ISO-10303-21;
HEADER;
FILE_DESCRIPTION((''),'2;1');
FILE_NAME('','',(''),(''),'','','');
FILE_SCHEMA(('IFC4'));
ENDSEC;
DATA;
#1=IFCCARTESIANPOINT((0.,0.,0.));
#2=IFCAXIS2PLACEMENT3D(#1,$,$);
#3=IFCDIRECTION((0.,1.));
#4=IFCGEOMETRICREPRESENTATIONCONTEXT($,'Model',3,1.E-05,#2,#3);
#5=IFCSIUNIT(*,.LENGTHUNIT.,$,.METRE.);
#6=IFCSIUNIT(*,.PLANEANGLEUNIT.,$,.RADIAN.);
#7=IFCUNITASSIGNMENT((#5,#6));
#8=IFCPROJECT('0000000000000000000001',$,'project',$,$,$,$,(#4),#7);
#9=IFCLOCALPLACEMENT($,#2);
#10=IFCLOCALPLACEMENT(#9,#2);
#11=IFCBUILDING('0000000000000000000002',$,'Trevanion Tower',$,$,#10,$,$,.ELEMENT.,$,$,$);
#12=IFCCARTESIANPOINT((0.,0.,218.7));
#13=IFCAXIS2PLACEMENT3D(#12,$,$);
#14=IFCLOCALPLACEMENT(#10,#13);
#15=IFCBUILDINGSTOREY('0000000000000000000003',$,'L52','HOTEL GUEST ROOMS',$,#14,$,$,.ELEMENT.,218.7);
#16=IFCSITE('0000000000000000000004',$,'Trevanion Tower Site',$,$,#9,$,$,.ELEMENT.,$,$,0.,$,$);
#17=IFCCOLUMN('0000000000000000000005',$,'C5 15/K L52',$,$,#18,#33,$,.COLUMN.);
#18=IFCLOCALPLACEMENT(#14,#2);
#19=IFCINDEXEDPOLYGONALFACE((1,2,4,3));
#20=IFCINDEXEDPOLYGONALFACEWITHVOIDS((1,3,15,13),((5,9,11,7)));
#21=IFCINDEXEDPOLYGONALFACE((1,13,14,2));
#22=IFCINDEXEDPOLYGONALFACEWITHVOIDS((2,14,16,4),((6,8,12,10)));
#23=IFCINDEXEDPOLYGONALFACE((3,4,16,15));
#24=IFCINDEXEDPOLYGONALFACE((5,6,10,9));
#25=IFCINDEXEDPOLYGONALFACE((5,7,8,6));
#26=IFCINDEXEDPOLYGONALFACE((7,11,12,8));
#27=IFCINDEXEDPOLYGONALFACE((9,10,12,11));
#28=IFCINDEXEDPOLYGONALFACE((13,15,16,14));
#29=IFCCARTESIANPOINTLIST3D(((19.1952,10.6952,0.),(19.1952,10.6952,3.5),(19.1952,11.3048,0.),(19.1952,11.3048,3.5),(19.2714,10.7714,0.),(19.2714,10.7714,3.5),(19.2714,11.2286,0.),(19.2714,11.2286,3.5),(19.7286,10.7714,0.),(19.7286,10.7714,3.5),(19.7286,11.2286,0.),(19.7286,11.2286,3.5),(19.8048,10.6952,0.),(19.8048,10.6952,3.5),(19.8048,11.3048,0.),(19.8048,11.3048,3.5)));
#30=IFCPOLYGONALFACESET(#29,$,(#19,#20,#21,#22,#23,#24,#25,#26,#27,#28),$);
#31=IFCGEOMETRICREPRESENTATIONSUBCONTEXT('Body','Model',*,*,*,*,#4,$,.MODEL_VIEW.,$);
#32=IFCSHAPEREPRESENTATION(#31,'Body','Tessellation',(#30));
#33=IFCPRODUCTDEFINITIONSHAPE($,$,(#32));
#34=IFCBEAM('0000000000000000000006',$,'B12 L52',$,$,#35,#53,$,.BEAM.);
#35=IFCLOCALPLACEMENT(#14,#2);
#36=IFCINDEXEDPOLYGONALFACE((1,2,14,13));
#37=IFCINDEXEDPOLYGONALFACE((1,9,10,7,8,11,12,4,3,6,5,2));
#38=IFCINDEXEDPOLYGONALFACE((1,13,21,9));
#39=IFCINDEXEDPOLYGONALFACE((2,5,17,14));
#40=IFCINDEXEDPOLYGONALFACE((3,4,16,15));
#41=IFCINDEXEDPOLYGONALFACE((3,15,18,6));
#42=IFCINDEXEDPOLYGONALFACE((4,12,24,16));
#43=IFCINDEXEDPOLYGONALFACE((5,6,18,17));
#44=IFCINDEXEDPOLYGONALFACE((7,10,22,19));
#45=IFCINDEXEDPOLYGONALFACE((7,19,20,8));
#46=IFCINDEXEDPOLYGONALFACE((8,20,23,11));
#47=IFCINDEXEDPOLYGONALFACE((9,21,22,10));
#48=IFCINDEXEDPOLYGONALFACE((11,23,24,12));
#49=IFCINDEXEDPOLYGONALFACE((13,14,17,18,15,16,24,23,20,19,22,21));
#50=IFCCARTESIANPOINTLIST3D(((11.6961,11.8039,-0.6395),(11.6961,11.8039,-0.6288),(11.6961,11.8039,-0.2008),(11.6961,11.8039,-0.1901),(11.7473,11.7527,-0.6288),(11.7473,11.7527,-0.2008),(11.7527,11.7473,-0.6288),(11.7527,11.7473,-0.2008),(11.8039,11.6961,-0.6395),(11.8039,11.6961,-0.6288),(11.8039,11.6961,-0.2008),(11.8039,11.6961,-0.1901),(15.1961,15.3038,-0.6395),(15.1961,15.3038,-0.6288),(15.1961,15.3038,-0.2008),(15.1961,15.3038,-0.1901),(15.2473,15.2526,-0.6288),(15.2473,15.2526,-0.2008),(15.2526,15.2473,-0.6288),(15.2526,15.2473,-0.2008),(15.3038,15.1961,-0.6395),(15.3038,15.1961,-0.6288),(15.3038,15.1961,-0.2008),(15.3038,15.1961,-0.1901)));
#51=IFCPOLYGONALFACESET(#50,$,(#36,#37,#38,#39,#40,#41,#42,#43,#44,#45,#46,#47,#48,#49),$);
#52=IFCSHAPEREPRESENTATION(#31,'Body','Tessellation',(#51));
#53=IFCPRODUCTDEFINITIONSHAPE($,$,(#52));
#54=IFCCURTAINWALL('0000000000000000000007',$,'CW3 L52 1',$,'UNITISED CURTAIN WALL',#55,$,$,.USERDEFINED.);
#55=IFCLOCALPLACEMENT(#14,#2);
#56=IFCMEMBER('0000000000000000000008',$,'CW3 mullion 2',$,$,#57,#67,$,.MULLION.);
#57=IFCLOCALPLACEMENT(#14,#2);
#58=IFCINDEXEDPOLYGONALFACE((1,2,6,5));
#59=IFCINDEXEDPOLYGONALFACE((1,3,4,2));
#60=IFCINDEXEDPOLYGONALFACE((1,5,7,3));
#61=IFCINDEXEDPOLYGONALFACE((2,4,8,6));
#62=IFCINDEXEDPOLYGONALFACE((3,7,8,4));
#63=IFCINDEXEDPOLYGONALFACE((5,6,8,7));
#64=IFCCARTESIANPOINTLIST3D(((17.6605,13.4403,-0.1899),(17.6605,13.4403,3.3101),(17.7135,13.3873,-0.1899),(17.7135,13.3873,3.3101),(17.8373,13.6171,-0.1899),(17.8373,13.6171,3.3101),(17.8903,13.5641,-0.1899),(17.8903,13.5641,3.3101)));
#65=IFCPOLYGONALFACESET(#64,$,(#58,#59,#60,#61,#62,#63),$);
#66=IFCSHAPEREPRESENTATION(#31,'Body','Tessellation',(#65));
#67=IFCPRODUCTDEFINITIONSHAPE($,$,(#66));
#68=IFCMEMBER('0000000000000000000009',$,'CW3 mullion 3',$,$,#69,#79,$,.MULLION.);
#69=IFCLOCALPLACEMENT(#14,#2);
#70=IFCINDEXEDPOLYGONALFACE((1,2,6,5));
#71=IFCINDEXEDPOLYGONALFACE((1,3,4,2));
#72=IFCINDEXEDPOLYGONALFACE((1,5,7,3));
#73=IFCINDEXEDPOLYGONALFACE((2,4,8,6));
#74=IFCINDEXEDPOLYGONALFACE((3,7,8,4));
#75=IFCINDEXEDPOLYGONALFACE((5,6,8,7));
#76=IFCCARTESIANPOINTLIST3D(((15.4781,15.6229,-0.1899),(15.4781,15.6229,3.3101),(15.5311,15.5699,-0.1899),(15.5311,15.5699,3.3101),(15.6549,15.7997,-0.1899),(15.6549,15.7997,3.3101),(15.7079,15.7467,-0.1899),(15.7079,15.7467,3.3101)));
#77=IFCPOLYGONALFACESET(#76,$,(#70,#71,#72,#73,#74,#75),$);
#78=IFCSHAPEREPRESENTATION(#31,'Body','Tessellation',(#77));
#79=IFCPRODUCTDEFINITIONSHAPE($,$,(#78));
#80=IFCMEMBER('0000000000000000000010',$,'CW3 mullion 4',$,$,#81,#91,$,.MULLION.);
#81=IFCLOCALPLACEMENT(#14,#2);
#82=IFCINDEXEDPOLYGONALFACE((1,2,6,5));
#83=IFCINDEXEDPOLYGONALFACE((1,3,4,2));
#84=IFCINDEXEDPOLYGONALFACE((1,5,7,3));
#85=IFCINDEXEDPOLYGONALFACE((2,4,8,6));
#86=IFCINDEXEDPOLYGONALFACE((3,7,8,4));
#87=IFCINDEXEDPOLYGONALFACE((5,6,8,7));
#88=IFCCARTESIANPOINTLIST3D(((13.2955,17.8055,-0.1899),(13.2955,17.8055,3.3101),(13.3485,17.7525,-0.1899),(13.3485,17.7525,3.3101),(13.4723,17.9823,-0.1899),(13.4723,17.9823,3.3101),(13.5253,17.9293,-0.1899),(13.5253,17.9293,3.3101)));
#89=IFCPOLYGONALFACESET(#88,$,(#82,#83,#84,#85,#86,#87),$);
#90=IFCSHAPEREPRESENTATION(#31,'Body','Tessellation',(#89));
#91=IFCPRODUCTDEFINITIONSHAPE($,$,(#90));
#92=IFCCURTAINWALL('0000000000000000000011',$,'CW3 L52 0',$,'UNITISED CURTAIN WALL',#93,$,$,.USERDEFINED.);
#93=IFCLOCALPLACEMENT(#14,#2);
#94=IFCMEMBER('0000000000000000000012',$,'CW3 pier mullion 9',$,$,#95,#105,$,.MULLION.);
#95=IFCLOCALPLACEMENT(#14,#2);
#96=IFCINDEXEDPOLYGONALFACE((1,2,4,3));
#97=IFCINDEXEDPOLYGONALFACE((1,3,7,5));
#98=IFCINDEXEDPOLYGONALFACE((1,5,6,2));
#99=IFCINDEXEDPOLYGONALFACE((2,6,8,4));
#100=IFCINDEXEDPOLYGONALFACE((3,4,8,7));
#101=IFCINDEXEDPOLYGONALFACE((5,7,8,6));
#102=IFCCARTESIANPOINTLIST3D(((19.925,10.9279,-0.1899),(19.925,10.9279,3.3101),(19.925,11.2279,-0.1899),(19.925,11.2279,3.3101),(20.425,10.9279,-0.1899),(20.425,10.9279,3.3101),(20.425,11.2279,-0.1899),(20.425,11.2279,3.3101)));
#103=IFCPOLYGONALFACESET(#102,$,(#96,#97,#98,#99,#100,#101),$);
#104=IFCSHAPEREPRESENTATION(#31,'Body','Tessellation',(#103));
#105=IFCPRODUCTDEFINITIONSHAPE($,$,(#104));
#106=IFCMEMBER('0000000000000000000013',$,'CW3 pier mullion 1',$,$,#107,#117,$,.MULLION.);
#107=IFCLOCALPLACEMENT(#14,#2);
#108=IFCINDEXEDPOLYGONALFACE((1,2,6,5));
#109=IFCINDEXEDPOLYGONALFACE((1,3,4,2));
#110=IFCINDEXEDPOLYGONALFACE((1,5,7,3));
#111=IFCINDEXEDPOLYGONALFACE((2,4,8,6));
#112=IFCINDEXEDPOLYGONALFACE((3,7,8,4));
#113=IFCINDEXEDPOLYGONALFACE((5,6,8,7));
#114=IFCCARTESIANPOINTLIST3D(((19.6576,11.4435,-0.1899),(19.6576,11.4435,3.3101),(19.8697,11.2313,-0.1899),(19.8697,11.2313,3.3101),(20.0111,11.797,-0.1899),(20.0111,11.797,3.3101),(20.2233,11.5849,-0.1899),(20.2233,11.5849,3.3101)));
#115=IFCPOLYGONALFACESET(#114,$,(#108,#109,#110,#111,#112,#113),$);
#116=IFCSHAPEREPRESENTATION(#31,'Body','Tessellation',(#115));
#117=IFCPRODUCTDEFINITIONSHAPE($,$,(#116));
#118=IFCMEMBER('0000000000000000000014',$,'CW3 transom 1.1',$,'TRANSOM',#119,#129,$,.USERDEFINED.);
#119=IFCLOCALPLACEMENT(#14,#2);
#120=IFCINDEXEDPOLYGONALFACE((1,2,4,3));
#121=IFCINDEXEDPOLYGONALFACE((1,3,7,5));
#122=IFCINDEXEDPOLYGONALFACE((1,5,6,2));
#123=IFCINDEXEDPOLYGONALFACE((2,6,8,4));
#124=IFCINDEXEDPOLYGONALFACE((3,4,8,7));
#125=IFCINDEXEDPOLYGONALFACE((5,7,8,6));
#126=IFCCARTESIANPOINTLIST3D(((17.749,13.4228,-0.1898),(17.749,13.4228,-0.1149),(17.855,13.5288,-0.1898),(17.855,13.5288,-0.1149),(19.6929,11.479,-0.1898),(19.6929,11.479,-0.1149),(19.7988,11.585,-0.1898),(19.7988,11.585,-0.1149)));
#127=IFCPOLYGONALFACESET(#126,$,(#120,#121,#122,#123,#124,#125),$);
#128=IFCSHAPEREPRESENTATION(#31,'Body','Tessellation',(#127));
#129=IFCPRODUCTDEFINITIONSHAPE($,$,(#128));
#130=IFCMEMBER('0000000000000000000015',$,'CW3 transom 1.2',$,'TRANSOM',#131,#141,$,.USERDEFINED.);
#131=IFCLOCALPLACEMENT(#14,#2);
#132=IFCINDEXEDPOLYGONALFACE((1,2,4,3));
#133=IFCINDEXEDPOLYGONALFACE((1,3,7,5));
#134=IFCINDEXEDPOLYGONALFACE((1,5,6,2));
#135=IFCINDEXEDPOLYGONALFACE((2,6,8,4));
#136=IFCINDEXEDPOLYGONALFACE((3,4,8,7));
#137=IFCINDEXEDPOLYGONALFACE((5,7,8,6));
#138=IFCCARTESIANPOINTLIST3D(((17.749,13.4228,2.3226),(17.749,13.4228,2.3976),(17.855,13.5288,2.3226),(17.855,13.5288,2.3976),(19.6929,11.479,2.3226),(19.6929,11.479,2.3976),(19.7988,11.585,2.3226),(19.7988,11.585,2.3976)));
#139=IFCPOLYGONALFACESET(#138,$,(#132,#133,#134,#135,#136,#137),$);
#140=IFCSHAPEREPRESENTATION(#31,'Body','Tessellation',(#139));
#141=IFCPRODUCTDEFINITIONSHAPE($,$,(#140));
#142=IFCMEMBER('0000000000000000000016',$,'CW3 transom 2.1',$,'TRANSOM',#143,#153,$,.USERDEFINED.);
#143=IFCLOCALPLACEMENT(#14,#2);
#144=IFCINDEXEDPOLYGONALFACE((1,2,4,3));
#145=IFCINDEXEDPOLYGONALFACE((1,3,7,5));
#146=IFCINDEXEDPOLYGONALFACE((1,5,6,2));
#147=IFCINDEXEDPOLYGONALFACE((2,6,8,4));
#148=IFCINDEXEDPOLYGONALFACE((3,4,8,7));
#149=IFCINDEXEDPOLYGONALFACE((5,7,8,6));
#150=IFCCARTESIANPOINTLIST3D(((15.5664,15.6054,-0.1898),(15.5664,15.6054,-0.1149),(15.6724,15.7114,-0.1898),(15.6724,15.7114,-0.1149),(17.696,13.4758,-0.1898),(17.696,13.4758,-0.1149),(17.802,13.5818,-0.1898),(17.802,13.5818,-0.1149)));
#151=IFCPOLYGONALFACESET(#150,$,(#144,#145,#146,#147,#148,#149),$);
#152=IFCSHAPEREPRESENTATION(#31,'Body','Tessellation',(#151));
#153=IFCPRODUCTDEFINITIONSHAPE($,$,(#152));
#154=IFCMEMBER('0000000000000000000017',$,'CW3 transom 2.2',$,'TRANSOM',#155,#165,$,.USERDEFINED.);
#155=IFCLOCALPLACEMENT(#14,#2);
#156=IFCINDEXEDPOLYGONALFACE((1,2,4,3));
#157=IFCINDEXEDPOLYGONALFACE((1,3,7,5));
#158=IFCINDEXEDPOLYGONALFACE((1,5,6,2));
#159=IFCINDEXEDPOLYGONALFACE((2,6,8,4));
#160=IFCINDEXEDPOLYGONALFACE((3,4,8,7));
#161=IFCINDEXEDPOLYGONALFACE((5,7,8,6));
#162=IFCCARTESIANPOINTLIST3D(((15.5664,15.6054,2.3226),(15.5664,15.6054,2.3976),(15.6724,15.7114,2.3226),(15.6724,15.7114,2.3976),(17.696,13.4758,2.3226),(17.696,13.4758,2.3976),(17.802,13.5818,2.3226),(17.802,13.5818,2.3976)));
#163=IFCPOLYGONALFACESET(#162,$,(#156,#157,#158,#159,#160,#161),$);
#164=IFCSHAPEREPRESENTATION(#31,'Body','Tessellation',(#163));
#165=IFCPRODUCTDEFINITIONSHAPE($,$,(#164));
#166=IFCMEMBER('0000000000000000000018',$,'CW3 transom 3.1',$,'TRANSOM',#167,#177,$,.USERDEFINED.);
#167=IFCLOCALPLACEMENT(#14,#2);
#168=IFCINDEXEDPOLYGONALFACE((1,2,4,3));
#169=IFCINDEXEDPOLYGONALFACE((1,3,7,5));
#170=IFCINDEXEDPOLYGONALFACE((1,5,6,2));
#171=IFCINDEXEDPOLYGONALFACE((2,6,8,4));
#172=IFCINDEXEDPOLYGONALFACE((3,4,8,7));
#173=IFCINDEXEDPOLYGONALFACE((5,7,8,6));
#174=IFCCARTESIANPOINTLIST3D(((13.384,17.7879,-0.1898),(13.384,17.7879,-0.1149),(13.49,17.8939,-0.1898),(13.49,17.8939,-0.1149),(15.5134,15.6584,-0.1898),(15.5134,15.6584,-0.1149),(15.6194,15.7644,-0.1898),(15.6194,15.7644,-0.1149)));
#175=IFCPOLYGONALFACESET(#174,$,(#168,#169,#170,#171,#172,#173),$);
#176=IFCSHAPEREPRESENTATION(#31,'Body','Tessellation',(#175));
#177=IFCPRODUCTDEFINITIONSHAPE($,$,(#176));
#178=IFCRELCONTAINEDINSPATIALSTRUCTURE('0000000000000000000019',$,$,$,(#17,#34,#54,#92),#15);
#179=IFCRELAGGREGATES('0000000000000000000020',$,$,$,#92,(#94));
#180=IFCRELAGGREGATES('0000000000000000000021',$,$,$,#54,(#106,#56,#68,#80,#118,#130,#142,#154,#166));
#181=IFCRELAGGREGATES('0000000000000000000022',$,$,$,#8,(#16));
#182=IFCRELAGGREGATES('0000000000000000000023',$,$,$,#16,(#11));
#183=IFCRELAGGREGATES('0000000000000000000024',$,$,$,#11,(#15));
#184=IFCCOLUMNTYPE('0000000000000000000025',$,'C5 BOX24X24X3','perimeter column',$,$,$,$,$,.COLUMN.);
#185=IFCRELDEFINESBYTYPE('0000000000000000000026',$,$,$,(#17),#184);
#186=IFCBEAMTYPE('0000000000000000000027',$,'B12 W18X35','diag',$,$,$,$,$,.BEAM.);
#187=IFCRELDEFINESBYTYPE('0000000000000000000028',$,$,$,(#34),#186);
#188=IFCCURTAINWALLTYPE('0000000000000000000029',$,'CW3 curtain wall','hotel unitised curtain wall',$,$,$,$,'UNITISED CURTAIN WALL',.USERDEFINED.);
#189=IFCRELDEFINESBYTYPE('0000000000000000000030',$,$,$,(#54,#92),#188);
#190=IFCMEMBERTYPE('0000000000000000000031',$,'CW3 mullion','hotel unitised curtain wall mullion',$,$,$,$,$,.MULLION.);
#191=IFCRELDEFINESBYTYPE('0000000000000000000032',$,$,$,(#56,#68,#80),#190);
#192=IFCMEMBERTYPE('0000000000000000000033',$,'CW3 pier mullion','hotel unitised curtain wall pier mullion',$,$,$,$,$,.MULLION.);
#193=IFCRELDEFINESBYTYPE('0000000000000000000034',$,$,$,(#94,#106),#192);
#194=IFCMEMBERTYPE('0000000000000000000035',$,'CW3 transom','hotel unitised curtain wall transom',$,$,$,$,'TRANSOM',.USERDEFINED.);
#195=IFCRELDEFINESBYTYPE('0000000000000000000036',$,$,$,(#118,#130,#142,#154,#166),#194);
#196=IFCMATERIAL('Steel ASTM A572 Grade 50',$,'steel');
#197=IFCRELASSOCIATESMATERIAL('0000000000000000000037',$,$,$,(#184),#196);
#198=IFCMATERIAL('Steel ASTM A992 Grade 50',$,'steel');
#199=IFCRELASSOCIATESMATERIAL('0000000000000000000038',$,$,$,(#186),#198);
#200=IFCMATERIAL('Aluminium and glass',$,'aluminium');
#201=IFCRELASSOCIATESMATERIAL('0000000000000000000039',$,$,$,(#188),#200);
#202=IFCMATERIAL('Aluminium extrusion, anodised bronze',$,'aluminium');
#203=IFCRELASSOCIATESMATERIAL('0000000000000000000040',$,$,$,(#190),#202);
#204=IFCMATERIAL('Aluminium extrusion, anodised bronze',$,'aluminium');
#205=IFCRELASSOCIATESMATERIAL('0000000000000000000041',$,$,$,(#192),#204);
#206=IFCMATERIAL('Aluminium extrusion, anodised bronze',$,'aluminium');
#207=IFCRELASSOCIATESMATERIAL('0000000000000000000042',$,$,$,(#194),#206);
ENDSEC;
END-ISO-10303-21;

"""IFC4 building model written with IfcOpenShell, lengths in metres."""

from ifc_helpers import new_model, si_unit, direction, frame, origin, origin_2d, place, context, subcontext, project, spatial, rectangle, hollow_rectangle, i_section, extrude, material, material_profile, profile_set, type_object, element, aggregate, save


model = new_model("IFC4")

# Units and contexts
model_context = context("Model", 3, precision=1e-05, world=origin(), true_north=direction((0.0, 1.0)))
body_context = subcontext(model_context, "Body", "Model", "MODEL_VIEW")
ifc_project = project(units=[si_unit("LENGTHUNIT", "METRE"), si_unit("PLANEANGLEUNIT", "RADIAN")], contexts=[model_context])

# Site, building, storey
site_placement = place(None, origin())
site = spatial("IfcSite", under=ifc_project, at=site_placement, Name="Trevanion Tower Site", CompositionType="ELEMENT", RefElevation=0.0)
building_placement = place(site_placement, origin())
building = spatial("IfcBuilding", under=site, at=building_placement, Name="Trevanion Tower", CompositionType="ELEMENT")
storey_placement = place(building_placement, frame((0.0, 0.0, 218.7)))
storey = spatial("IfcBuildingStorey", under=building, at=storey_placement, Name="L52", Description="HOTEL GUEST ROOMS", CompositionType="ELEMENT", Elevation=218.7)

# Column
ifc_material_1 = material(Name="Steel ASTM A572 Grade 50", Category="steel")
ifc_material_profile_1 = material_profile(ifc_material_1, hollow_rectangle(XDim=0.6096, YDim=0.6096, WallThickness=0.0762, at=origin_2d()), Name="BOX24X24X3")
ifc_profile_set_1 = profile_set([ifc_material_profile_1], Name="Steel ASTM A572 Grade 50")
column_type = type_object("IfcColumnType", Name="C5 BOX24X24X3", Description="perimeter column", PredefinedType="COLUMN", material=ifc_profile_set_1)
column_placement = place(storey_placement, frame((19.5, 11.0, 0.0), z_axis=(0.0, 0.0, 1.0), x_axis=(0.0, 1.0, 0.0)))
element("IfcColumn", 1, at=column_placement, inside=storey, type_object=column_type, Name="C5 15/K L52", PredefinedType="COLUMN", context=body_context, shape_type="SweptSolid", body=[
    extrude(hollow_rectangle(XDim=0.6096, YDim=0.6096, WallThickness=0.0762, at=origin_2d()), origin(), (0.0, 0.0, 1.0), 3.5),
])

# Beam
ifc_material_2 = material(Name="Steel ASTM A992 Grade 50", Category="steel")
ifc_material_profile_2 = material_profile(ifc_material_2, i_section(OverallWidth=0.1523, OverallDepth=0.4495, WebThickness=0.0076, FlangeThickness=0.0107, at=origin_2d()), Name="W18X35")
ifc_profile_set_2 = profile_set([ifc_material_profile_2], Name="Steel ASTM A992 Grade 50")
beam_type_1 = type_object("IfcBeamType", Name="B12 W18X35", Description="diag", PredefinedType="BEAM", material=ifc_profile_set_2)
beam_1_placement = place(storey_placement, frame((11.75, 11.75, -0.4148), z_axis=(0.707107, 0.707107, 0.0), x_axis=(-0.707107, 0.707107, 0.0)))
element("IfcBeam", 2, at=beam_1_placement, inside=storey, type_object=beam_type_1, Name="B12 L52", PredefinedType="BEAM", context=body_context, shape_type="SweptSolid", body=[
    extrude(i_section(OverallWidth=0.1523, OverallDepth=0.4495, WebThickness=0.0076, FlangeThickness=0.0107, at=origin_2d()), origin(), (0.0, 0.0, 1.0), 4.9497),
])

# Curtain wall, members
ifc_material_3 = material(Name="Aluminium and glass", Category="aluminium")
curtain_wall_type = type_object("IfcCurtainWallType", Name="CW3 curtain wall", Description="hotel unitised curtain wall", ElementType="UNITISED CURTAIN WALL", PredefinedType="USERDEFINED", material=ifc_material_3)
curtain_wall_1_placement = place(storey_placement, origin())
curtain_wall_1 = element("IfcCurtainWall", 3, at=curtain_wall_1_placement, inside=storey, type_object=curtain_wall_type, Name="CW3 L52 1", ObjectType="UNITISED CURTAIN WALL", PredefinedType="USERDEFINED")
ifc_material_4 = material(Name="Aluminium extrusion, anodised bronze", Category="aluminium")
ifc_material_profile_3 = material_profile(ifc_material_4, rectangle(XDim=0.075, YDim=0.25, at=origin_2d()), Name="CW3 mullion")
ifc_profile_set_3 = profile_set([ifc_material_profile_3], Name="Aluminium extrusion, anodised bronze")
member_type_1 = type_object("IfcMemberType", Name="CW3 mullion", Description="hotel unitised curtain wall mullion", PredefinedType="MULLION", material=ifc_profile_set_3)
member_1_placement = place(storey_placement, frame((17.7754, 13.5022, -0.1899), z_axis=(0.0, 0.0, 1.0), x_axis=(-0.707107, 0.707107, 0.0)))
member_1 = element("IfcMember", 4, at=member_1_placement, type_object=member_type_1, Name="CW3 mullion 2", PredefinedType="MULLION", context=body_context, shape_type="SweptSolid", body=[
    extrude(rectangle(XDim=0.075, YDim=0.25, at=origin_2d()), origin(), (0.0, 0.0, 1.0), 3.5),
])
member_2_placement = place(storey_placement, frame((15.593, 15.6848, -0.1899), z_axis=(0.0, 0.0, 1.0), x_axis=(-0.707107, 0.707107, 0.0)))
member_2 = element("IfcMember", 5, at=member_2_placement, type_object=member_type_1, Name="CW3 mullion 3", PredefinedType="MULLION", context=body_context, shape_type="SweptSolid", body=[
    extrude(rectangle(XDim=0.075, YDim=0.25, at=origin_2d()), origin(), (0.0, 0.0, 1.0), 3.5),
])
member_3_placement = place(storey_placement, frame((13.4104, 17.8674, -0.1899), z_axis=(0.0, 0.0, 1.0), x_axis=(-0.707107, 0.707107, 0.0)))
member_3 = element("IfcMember", 6, at=member_3_placement, type_object=member_type_1, Name="CW3 mullion 4", PredefinedType="MULLION", context=body_context, shape_type="SweptSolid", body=[
    extrude(rectangle(XDim=0.075, YDim=0.25, at=origin_2d()), origin(), (0.0, 0.0, 1.0), 3.5),
])

# Curtain wall, member
curtain_wall_2_placement = place(storey_placement, origin())
curtain_wall_2 = element("IfcCurtainWall", 7, at=curtain_wall_2_placement, inside=storey, type_object=curtain_wall_type, Name="CW3 L52 0", ObjectType="UNITISED CURTAIN WALL", PredefinedType="USERDEFINED")
ifc_material_5 = material(Name="Aluminium extrusion, anodised bronze", Category="aluminium")
ifc_material_profile_4 = material_profile(ifc_material_5, rectangle(XDim=0.3, YDim=0.5, at=origin_2d()), Name="CW3 pier mullion")
ifc_profile_set_4 = profile_set([ifc_material_profile_4], Name="Aluminium extrusion, anodised bronze")
member_type_2 = type_object("IfcMemberType", Name="CW3 pier mullion", Description="hotel unitised curtain wall pier mullion", PredefinedType="MULLION", material=ifc_profile_set_4)
member_4_placement = place(storey_placement, frame((20.175, 11.0779, -0.1899), z_axis=(0.0, 0.0, 1.0), x_axis=(0.0, 1.0, 0.0)))
member_4 = element("IfcMember", 8, at=member_4_placement, type_object=member_type_2, Name="CW3 pier mullion 9", PredefinedType="MULLION", context=body_context, shape_type="SweptSolid", body=[
    extrude(rectangle(XDim=0.3, YDim=0.5, at=origin_2d()), origin(), (0.0, 0.0, 1.0), 3.5),
])

# Members
member_5_placement = place(storey_placement, frame((19.9404, 11.5142, -0.1899), z_axis=(0.0, 0.0, 1.0), x_axis=(-0.707107, 0.707107, 0.0)))
member_5 = element("IfcMember", 9, at=member_5_placement, type_object=member_type_2, Name="CW3 pier mullion 1", PredefinedType="MULLION", context=body_context, shape_type="SweptSolid", body=[
    extrude(rectangle(XDim=0.3, YDim=0.5, at=origin_2d()), origin(), (0.0, 0.0, 1.0), 3.5),
])
ifc_material_6 = material(Name="Aluminium extrusion, anodised bronze", Category="aluminium")
ifc_material_profile_5 = material_profile(ifc_material_6, rectangle(XDim=0.1499, YDim=0.075, at=origin_2d()), Name="CW3 transom")
ifc_profile_set_5 = profile_set([ifc_material_profile_5], Name="Aluminium extrusion, anodised bronze")
member_type_3 = type_object("IfcMemberType", Name="CW3 transom", Description="hotel unitised curtain wall transom", ElementType="TRANSOM", PredefinedType="USERDEFINED", material=ifc_profile_set_5)
member_6_placement = place(storey_placement, frame((19.7458, 11.532, -0.1523), z_axis=(-0.707107, 0.707107, 0.0), x_axis=(-0.707107, -0.707107, 0.0)))
member_6 = element("IfcMember", 10, at=member_6_placement, type_object=member_type_3, Name="CW3 transom 1.1", ObjectType="TRANSOM", PredefinedType="USERDEFINED", context=body_context, shape_type="SweptSolid", body=[
    extrude(rectangle(XDim=0.1499, YDim=0.075, at=origin_2d()), origin(), (0.0, 0.0, 1.0), 2.749),
])
member_7_placement = place(storey_placement, frame((19.7458, 11.532, 2.3601), z_axis=(-0.707107, 0.707107, 0.0), x_axis=(-0.707107, -0.707107, 0.0)))
member_7 = element("IfcMember", 11, at=member_7_placement, type_object=member_type_3, Name="CW3 transom 1.2", ObjectType="TRANSOM", PredefinedType="USERDEFINED", context=body_context, shape_type="SweptSolid", body=[
    extrude(rectangle(XDim=0.1499, YDim=0.075, at=origin_2d()), origin(), (0.0, 0.0, 1.0), 2.749),
])
member_8_placement = place(storey_placement, frame((17.749, 13.5288, -0.1523), z_axis=(-0.707107, 0.707107, 0.0), x_axis=(-0.707107, -0.707107, 0.0)))
member_8 = element("IfcMember", 12, at=member_8_placement, type_object=member_type_3, Name="CW3 transom 2.1", ObjectType="TRANSOM", PredefinedType="USERDEFINED", context=body_context, shape_type="SweptSolid", body=[
    extrude(rectangle(XDim=0.1499, YDim=0.075, at=origin_2d()), origin(), (0.0, 0.0, 1.0), 3.0117),
])
member_9_placement = place(storey_placement, frame((17.749, 13.5288, 2.3601), z_axis=(-0.707107, 0.707107, 0.0), x_axis=(-0.707107, -0.707107, 0.0)))
member_9 = element("IfcMember", 13, at=member_9_placement, type_object=member_type_3, Name="CW3 transom 2.2", ObjectType="TRANSOM", PredefinedType="USERDEFINED", context=body_context, shape_type="SweptSolid", body=[
    extrude(rectangle(XDim=0.1499, YDim=0.075, at=origin_2d()), origin(), (0.0, 0.0, 1.0), 3.0117),
])
member_10_placement = place(storey_placement, frame((15.5664, 15.7114, -0.1523), z_axis=(-0.707107, 0.707107, 0.0), x_axis=(-0.707107, -0.707107, 0.0)))
member_10 = element("IfcMember", 14, at=member_10_placement, type_object=member_type_3, Name="CW3 transom 3.1", ObjectType="TRANSOM", PredefinedType="USERDEFINED", context=body_context, shape_type="SweptSolid", body=[
    extrude(rectangle(XDim=0.1499, YDim=0.075, at=origin_2d()), origin(), (0.0, 0.0, 1.0), 3.0115),
])

aggregate(curtain_wall_2, [member_4])
aggregate(curtain_wall_1, [member_5, member_1, member_2, member_3, member_6, member_7, member_8, member_9, member_10])

save(model, "model.ifc")
